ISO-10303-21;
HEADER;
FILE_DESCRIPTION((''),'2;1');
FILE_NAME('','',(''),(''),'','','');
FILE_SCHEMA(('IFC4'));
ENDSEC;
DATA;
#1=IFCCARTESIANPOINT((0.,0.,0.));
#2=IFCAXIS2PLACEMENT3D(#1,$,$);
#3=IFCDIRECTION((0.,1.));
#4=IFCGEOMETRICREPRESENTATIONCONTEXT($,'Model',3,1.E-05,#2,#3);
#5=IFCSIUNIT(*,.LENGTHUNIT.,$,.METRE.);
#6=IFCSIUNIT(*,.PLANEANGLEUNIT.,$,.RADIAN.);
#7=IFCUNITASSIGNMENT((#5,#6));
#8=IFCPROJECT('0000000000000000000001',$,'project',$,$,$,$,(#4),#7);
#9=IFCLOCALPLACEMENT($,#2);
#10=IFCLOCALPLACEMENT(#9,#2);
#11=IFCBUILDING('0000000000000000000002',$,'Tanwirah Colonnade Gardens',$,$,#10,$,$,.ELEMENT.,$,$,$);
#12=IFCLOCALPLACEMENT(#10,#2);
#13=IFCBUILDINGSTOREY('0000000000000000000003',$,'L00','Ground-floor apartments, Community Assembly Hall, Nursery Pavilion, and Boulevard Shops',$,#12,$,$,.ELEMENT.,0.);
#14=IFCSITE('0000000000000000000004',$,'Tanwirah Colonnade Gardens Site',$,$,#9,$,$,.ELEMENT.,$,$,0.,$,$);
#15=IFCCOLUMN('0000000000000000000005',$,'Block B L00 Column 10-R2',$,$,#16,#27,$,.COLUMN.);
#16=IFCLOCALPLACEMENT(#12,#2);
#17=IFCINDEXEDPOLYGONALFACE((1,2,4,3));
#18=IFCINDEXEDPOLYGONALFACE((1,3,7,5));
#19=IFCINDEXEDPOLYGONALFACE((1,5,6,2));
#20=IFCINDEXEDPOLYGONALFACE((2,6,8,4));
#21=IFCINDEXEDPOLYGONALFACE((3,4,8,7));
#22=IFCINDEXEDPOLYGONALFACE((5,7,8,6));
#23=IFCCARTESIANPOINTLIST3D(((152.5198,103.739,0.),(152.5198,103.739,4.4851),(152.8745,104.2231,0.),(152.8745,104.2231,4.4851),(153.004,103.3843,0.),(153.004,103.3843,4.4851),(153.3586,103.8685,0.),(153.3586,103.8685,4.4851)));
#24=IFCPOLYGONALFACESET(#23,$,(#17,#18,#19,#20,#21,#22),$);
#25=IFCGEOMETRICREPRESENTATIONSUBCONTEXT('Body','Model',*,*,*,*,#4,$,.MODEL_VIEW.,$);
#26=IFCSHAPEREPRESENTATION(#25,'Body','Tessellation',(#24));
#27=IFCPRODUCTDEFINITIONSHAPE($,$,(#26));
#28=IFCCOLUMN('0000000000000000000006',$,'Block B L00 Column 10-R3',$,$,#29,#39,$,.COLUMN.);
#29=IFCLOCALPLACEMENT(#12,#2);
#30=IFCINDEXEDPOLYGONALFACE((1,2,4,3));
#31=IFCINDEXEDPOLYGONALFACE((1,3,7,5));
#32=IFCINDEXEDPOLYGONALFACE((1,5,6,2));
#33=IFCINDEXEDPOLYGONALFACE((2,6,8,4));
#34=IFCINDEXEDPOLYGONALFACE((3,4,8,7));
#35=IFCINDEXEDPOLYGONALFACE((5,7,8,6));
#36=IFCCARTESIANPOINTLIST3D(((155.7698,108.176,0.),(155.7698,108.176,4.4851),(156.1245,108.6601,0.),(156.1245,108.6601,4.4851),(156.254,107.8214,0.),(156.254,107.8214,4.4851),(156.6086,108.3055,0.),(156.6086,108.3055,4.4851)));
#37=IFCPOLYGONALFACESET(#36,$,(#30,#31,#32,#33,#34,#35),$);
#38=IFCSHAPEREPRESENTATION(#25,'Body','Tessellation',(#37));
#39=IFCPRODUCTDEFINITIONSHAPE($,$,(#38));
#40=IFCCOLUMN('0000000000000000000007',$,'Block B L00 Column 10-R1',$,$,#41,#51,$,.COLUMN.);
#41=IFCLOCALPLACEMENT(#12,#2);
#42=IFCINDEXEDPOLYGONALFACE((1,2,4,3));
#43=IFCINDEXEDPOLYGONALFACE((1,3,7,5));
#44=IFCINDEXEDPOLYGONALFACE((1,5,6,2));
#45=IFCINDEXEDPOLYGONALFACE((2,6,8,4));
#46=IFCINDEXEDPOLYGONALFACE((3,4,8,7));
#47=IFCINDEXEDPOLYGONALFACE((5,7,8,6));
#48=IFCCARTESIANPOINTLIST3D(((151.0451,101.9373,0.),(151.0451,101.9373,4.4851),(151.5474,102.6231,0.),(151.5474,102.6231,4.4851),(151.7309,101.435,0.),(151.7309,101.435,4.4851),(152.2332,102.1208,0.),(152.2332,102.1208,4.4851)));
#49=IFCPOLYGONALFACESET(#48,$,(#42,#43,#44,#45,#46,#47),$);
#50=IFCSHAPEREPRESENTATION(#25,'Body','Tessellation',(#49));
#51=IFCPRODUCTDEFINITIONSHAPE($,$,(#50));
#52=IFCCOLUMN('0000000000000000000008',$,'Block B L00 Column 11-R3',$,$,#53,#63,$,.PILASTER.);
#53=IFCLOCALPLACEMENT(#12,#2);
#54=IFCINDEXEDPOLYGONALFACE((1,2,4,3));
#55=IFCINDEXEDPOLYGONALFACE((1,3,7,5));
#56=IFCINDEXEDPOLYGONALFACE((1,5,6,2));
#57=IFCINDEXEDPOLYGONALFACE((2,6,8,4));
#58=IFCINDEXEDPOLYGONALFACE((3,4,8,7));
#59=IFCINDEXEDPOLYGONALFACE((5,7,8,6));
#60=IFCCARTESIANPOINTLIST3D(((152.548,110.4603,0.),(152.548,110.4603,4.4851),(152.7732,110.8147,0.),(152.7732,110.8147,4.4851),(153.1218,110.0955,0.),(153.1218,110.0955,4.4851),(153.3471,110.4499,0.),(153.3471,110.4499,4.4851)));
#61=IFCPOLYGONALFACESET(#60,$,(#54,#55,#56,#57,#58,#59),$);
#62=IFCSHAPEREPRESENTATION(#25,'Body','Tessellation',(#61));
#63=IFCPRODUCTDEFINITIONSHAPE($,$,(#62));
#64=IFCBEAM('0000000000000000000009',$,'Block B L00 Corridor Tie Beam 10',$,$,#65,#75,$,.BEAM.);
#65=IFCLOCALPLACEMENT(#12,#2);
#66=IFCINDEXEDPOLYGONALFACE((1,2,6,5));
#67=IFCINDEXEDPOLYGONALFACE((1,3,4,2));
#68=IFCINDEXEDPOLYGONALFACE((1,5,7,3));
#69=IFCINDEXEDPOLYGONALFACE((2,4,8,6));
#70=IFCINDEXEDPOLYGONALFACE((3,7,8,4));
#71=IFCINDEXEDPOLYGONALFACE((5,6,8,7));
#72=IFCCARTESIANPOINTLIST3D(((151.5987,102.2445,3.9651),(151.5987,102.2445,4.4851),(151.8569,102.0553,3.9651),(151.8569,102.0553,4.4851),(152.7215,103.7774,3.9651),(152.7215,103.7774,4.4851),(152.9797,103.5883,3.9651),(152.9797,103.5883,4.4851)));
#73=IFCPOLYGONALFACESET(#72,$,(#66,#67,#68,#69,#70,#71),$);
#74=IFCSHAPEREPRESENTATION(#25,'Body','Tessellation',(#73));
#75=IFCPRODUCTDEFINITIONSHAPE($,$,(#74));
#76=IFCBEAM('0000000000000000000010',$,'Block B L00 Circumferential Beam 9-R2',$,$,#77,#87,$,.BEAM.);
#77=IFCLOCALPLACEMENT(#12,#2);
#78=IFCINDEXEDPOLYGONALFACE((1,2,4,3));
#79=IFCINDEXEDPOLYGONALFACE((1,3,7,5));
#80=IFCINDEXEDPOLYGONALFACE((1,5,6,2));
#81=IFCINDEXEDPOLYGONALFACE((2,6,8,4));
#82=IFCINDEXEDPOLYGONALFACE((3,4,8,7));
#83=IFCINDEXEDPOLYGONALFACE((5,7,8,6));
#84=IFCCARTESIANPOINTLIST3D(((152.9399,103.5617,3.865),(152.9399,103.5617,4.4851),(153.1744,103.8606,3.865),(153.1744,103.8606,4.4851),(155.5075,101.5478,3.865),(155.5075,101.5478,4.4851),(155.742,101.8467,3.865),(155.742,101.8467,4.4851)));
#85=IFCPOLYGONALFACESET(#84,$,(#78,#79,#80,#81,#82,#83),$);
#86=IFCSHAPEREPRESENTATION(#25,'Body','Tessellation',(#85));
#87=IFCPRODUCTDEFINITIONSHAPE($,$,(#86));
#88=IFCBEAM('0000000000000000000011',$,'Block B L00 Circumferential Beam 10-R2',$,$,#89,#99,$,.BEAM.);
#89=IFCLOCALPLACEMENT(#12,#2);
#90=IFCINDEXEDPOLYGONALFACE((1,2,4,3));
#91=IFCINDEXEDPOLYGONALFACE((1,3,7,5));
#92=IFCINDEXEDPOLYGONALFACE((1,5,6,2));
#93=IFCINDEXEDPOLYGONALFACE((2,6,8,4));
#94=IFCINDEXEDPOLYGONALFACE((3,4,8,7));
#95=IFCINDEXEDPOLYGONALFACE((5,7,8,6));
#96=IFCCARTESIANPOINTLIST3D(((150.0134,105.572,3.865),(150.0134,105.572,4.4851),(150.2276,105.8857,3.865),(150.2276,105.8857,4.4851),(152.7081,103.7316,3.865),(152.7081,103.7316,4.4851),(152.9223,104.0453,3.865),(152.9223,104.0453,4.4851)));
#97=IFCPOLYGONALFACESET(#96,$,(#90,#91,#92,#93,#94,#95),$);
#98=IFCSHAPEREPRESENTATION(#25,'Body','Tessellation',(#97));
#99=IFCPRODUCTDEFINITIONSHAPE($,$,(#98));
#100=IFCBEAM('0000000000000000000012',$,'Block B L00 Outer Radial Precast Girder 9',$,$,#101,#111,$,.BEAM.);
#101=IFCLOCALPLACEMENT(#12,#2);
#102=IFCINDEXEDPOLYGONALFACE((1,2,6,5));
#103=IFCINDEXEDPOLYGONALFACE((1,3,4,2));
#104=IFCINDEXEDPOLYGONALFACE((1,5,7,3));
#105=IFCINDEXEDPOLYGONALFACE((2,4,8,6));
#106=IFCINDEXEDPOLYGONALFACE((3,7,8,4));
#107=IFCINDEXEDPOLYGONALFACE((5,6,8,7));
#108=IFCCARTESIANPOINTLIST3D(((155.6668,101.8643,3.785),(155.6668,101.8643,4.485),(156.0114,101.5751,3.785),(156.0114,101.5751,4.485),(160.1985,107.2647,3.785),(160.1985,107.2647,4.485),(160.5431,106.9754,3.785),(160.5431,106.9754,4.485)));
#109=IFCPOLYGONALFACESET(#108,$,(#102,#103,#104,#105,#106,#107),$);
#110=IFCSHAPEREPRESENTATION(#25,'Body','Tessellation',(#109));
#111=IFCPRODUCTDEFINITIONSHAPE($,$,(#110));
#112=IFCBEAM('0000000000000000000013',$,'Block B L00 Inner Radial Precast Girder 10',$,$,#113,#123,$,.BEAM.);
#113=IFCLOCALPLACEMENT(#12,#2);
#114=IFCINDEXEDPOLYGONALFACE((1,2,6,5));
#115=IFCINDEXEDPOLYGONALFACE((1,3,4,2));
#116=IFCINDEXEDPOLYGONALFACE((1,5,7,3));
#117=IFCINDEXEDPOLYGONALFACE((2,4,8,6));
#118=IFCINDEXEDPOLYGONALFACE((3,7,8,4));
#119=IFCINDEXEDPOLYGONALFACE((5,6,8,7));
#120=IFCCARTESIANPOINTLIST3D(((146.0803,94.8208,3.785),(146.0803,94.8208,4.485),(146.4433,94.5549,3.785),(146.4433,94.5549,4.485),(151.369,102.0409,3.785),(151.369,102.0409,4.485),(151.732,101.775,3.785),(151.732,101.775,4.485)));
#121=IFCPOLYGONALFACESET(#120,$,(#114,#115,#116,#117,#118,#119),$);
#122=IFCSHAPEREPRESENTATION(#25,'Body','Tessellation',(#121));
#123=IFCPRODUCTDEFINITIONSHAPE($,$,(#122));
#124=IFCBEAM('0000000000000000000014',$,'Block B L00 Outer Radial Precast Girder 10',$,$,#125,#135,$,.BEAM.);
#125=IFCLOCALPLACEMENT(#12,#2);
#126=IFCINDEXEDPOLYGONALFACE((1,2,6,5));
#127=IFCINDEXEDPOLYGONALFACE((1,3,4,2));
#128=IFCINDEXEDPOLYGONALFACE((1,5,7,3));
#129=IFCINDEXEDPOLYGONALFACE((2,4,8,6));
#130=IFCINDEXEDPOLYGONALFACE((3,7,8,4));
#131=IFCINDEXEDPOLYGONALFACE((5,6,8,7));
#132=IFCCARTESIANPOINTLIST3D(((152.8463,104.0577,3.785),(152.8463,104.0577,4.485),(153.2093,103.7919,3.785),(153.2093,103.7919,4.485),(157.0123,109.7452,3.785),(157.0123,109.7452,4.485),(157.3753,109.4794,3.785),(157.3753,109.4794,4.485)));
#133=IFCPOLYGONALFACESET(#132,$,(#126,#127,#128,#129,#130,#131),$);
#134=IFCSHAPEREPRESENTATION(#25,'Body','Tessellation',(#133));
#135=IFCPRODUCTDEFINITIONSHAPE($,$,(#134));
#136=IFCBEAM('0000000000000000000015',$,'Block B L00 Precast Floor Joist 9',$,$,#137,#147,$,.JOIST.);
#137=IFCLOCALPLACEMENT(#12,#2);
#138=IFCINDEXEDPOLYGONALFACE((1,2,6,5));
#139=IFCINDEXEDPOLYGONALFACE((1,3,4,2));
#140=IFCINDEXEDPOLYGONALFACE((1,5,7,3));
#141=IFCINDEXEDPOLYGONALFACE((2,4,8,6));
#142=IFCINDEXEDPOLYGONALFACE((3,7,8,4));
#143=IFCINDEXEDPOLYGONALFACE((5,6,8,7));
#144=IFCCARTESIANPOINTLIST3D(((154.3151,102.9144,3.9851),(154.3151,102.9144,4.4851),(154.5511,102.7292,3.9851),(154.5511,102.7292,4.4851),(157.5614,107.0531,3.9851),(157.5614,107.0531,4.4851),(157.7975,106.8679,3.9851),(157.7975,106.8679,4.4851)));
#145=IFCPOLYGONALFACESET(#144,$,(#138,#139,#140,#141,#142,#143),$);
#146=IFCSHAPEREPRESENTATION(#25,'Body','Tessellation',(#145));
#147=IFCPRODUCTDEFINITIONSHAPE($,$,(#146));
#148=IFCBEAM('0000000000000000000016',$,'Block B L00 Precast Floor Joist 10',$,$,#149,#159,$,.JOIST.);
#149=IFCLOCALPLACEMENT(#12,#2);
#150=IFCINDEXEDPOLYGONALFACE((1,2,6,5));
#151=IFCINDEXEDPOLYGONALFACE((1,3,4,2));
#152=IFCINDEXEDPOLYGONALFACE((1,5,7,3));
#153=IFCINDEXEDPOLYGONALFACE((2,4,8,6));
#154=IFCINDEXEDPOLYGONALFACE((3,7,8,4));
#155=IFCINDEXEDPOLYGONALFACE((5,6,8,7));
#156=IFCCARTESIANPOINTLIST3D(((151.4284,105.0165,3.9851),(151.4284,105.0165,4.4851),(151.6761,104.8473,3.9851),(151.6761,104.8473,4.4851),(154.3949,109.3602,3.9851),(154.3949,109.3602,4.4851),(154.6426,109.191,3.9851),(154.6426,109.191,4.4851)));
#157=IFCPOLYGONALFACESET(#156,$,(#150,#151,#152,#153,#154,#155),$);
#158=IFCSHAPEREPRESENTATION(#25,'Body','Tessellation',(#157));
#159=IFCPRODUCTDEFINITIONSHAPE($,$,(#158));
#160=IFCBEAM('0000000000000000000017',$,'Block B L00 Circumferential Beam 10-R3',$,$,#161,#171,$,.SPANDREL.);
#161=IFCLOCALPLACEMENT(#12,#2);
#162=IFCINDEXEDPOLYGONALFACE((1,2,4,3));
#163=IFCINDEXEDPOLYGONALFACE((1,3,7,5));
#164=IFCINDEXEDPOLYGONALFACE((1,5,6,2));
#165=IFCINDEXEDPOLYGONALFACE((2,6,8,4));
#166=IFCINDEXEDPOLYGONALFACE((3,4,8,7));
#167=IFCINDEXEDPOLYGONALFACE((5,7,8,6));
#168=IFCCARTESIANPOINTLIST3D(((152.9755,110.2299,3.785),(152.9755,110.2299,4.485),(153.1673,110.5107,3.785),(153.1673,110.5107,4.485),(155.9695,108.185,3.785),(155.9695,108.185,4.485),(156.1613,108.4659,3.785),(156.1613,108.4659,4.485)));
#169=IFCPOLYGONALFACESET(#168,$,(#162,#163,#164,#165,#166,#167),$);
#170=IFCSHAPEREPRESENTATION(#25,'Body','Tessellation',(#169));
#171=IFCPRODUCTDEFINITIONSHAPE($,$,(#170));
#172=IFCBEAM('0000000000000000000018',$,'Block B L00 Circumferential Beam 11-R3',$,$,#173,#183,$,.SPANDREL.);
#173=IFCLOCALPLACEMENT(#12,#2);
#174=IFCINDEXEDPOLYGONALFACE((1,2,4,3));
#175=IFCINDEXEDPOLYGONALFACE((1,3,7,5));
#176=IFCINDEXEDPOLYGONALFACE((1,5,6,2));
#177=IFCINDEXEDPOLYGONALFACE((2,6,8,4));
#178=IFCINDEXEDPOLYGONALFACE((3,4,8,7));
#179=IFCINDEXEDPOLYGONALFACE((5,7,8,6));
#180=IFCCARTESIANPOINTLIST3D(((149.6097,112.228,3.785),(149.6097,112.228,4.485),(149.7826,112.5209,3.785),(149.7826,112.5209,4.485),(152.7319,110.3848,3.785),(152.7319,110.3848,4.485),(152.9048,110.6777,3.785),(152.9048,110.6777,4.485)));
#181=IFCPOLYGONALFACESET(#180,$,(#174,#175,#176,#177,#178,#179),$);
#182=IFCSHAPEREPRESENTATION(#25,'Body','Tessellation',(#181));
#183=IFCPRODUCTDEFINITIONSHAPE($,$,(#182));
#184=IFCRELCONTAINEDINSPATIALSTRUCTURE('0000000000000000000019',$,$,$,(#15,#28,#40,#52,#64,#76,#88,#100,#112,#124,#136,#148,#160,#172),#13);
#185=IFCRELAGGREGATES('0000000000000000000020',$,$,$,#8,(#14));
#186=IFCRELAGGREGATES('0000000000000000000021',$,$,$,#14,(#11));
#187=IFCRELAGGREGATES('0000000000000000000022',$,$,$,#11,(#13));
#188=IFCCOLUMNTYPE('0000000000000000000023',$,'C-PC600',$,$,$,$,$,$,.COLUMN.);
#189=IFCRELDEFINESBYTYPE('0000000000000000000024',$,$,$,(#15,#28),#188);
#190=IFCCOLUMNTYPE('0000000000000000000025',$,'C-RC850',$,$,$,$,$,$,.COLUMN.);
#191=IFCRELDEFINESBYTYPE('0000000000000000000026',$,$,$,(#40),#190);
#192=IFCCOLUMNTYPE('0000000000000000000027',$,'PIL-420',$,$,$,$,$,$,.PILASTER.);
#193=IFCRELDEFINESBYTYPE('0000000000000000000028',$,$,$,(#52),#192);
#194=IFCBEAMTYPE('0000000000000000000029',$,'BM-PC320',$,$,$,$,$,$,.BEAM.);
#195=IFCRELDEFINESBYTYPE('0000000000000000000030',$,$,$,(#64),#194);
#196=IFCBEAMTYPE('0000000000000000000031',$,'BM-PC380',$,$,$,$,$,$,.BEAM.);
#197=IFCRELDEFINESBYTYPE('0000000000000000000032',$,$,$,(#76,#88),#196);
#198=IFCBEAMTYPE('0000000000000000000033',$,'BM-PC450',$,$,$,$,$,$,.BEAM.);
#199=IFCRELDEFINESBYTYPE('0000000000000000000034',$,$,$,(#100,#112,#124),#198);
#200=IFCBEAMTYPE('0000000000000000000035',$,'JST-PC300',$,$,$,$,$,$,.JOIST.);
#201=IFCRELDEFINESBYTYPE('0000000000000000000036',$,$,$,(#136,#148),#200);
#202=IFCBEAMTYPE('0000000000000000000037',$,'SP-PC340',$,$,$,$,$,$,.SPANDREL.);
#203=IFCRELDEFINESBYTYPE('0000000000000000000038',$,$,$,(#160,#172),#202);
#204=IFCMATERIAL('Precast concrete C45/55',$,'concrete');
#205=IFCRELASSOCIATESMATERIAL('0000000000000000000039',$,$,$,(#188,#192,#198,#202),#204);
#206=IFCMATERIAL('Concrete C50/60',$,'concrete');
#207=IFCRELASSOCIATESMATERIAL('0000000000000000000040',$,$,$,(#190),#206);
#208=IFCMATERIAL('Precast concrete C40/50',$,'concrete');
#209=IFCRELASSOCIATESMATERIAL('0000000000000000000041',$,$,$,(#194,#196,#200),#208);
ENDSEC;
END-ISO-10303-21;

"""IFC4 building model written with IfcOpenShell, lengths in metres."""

from ifc_helpers import new_model, si_unit, direction, frame, origin, origin_2d, place, context, subcontext, project, spatial, rectangle, extrude, material, material_profile, profile_set, type_object, element, save


model = new_model("IFC4")

# Units and contexts
model_context = context("Model", 3, precision=1e-05, world=origin(), true_north=direction((0.0, 1.0)))
body_context = subcontext(model_context, "Body", "Model", "MODEL_VIEW")
ifc_project = project(units=[si_unit("LENGTHUNIT", "METRE"), si_unit("PLANEANGLEUNIT", "RADIAN")], contexts=[model_context])

# Site, building, storey
site_placement = place(None, origin())
site = spatial("IfcSite", under=ifc_project, at=site_placement, Name="Tanwirah Colonnade Gardens Site", CompositionType="ELEMENT", RefElevation=0.0)
building_placement = place(site_placement, origin())
building = spatial("IfcBuilding", under=site, at=building_placement, Name="Tanwirah Colonnade Gardens", CompositionType="ELEMENT")
storey_placement = place(building_placement, origin())
storey = spatial("IfcBuildingStorey", under=building, at=storey_placement, Name="L00", Description="Ground-floor apartments, Community Assembly Hall, Nursery Pavilion, and Boulevard Shops", CompositionType="ELEMENT", Elevation=0.0)

# Columns
ifc_material_1 = material(Name="Precast concrete C45/55", Category="concrete")
ifc_material_profile_1 = material_profile(ifc_material_1, rectangle(XDim=0.6001, YDim=0.6001, at=origin_2d()), Name="PC-COL 600x600")
ifc_profile_set_1 = profile_set([ifc_material_profile_1], Name="Precast concrete C45/55")
column_type_1 = type_object("IfcColumnType", Name="C-PC600", PredefinedType="COLUMN", material=ifc_profile_set_1)
for number, where, z_axis, x_axis, name in (
    (1, (152.9392, 103.8037, 0.0), (0.0, 0.0, 1.0), (0.590919, 0.806731, 0.0), "Block B L00 Column 10-R2"),
    (2, (156.1892, 108.2407, 0.0), (0.0, 0.0, 1.0), (0.590919, 0.806731, 0.0), "Block B L00 Column 10-R3"),
):
    element("IfcColumn", number, at=place(storey_placement, frame(where, z_axis=z_axis, x_axis=x_axis)), inside=storey, type_object=column_type_1, Name=name, PredefinedType="COLUMN", context=body_context, shape_type="SweptSolid", body=[
        extrude(rectangle(XDim=0.6001, YDim=0.6001, at=origin_2d()), origin(), (0.0, 0.0, 1.0), 4.4851),
    ])
ifc_material_2 = material(Name="Concrete C50/60", Category="concrete")
ifc_material_profile_2 = material_profile(ifc_material_2, rectangle(XDim=0.8501, YDim=0.8501, at=origin_2d()), Name="RC-COL 850x850")
ifc_profile_set_2 = profile_set([ifc_material_profile_2], Name="Concrete C50/60")
column_type_2 = type_object("IfcColumnType", Name="C-RC850", PredefinedType="COLUMN", material=ifc_profile_set_2)
column_1_placement = place(storey_placement, frame((151.6392, 102.0291, 0.0), z_axis=(0.0, 0.0, 1.0), x_axis=(0.590919, 0.806731, 0.0)))
element("IfcColumn", 3, at=column_1_placement, inside=storey, type_object=column_type_2, Name="Block B L00 Column 10-R1", PredefinedType="COLUMN", context=body_context, shape_type="SweptSolid", body=[
    extrude(rectangle(XDim=0.8501, YDim=0.8501, at=origin_2d()), origin(), (0.0, 0.0, 1.0), 4.4851),
])
ifc_material_profile_3 = material_profile(ifc_material_1, rectangle(XDim=0.4199, YDim=0.6799, at=origin_2d()), Name="PC-PIL 420x680")
ifc_profile_set_3 = profile_set([ifc_material_profile_3], Name="Precast concrete C45/55")
column_type_3 = type_object("IfcColumnType", Name="PIL-420", PredefinedType="PILASTER", material=ifc_profile_set_3)
column_2_placement = place(storey_placement, frame((152.9475, 110.4551, 0.0), z_axis=(0.0, 0.0, 1.0), x_axis=(0.536482, 0.843912, 0.0)))
element("IfcColumn", 4, at=column_2_placement, inside=storey, type_object=column_type_3, Name="Block B L00 Column 11-R3", PredefinedType="PILASTER", context=body_context, shape_type="SweptSolid", body=[
    extrude(rectangle(XDim=0.4199, YDim=0.6799, at=origin_2d()), origin(), (0.0, 0.0, 1.0), 4.4851),
])

# Beams
ifc_material_3 = material(Name="Precast concrete C40/50", Category="concrete")
ifc_material_profile_4 = material_profile(ifc_material_3, rectangle(XDim=0.3201, YDim=0.52, at=origin_2d()), Name="PC-BM 320x520")
ifc_profile_set_4 = profile_set([ifc_material_profile_4], Name="Precast concrete C40/50")
beam_type_1 = type_object("IfcBeamType", Name="BM-PC320", PredefinedType="BEAM", material=ifc_profile_set_4)
beam_1_placement = place(storey_placement, frame((151.7278, 102.1499, 4.2251), z_axis=(0.590896, 0.806748, 0.0), x_axis=(-0.806748, 0.590896, 0.0)))
element("IfcBeam", 5, at=beam_1_placement, inside=storey, type_object=beam_type_1, Name="Block B L00 Corridor Tie Beam 10", PredefinedType="BEAM", context=body_context, shape_type="SweptSolid", body=[
    extrude(rectangle(XDim=0.3201, YDim=0.52, at=origin_2d()), origin(), (0.0, 0.0, 1.0), 1.9001),
])
ifc_material_profile_5 = material_profile(ifc_material_3, rectangle(XDim=0.3799, YDim=0.6201, at=origin_2d()), Name="PC-BM 380x620")
ifc_profile_set_5 = profile_set([ifc_material_profile_5], Name="Precast concrete C40/50")
beam_type_2 = type_object("IfcBeamType", Name="BM-PC380", PredefinedType="BEAM", material=ifc_profile_set_5)
for number, where, z_axis, x_axis, name in (
    (6, (155.6248, 101.6973, 4.175), (-0.78684, 0.617157, 0.0), (-0.617157, -0.78684, 0.0), "Block B L00 Circumferential Beam 9-R2"),
    (7, (152.8152, 103.8884, 4.175), (-0.825782, 0.563989, 0.0), (-0.563989, -0.825782, 0.0), "Block B L00 Circumferential Beam 10-R2"),
):
    element("IfcBeam", number, at=place(storey_placement, frame(where, z_axis=z_axis, x_axis=x_axis)), inside=storey, type_object=beam_type_2, Name=name, PredefinedType="BEAM", context=body_context, shape_type="SweptSolid", body=[
        extrude(rectangle(XDim=0.3799, YDim=0.6201, at=origin_2d()), origin(), (0.0, 0.0, 1.0), 3.2632),
    ])
ifc_material_profile_6 = material_profile(ifc_material_1, rectangle(XDim=0.45, YDim=0.7, at=origin_2d()), Name="PC-BM 450x700")
ifc_profile_set_6 = profile_set([ifc_material_profile_6], Name="Precast concrete C45/55")
beam_type_3 = type_object("IfcBeamType", Name="BM-PC450", PredefinedType="BEAM", material=ifc_profile_set_6)
beam_2_placement = place(storey_placement, frame((155.8391, 101.7197, 4.135), z_axis=(0.64281, 0.766025, 0.0), x_axis=(-0.766025, 0.64281, 0.0)))
element("IfcBeam", 8, at=beam_2_placement, inside=storey, type_object=beam_type_3, Name="Block B L00 Outer Radial Precast Girder 9", PredefinedType="BEAM", context=body_context, shape_type="SweptSolid", body=[
    extrude(rectangle(XDim=0.45, YDim=0.7, at=origin_2d()), origin(), (0.0, 0.0, 1.0), 7.0498),
])
beam_3_placement = place(storey_placement, frame((151.5505, 101.908, 4.135), z_axis=(-0.590927, -0.806725, 0.0), x_axis=(0.806725, -0.590927, 0.0)))
element("IfcBeam", 9, at=beam_3_placement, inside=storey, type_object=beam_type_3, Name="Block B L00 Inner Radial Precast Girder 10", PredefinedType="BEAM", context=body_context, shape_type="SweptSolid", body=[
    extrude(rectangle(XDim=0.45, YDim=0.7, at=origin_2d()), origin(), (0.0, 0.0, 1.0), 8.95),
])
beam_4_placement = place(storey_placement, frame((153.0278, 103.9248, 4.135), z_axis=(0.590919, 0.806731, 0.0), x_axis=(-0.806731, 0.590919, 0.0)))
element("IfcBeam", 10, at=beam_4_placement, inside=storey, type_object=beam_type_3, Name="Block B L00 Outer Radial Precast Girder 10", PredefinedType="BEAM", context=body_context, shape_type="SweptSolid", body=[
    extrude(rectangle(XDim=0.45, YDim=0.7, at=origin_2d()), origin(), (0.0, 0.0, 1.0), 7.05),
])
ifc_material_profile_7 = material_profile(ifc_material_3, rectangle(XDim=0.3, YDim=0.5, at=origin_2d()), Name="PC-JST 300x500")
ifc_profile_set_7 = profile_set([ifc_material_profile_7], Name="Precast concrete C40/50")
beam_type_4 = type_object("IfcBeamType", Name="JST-PC300", PredefinedType="JOIST", material=ifc_profile_set_7)
for number, where, z_axis, x_axis, name in (
    (11, (154.4331, 102.8218, 4.2351), (0.617178, 0.786824, 0.0), (-0.786824, 0.617178, 0.0), "Block B L00 Precast Floor Joist 9"),
    (12, (151.5522, 104.9319, 4.2351), (0.563973, 0.825793, 0.0), (-0.825793, 0.563973, 0.0), "Block B L00 Precast Floor Joist 10"),
):
    element("IfcBeam", number, at=place(storey_placement, frame(where, z_axis=z_axis, x_axis=x_axis)), inside=storey, type_object=beam_type_4, Name=name, PredefinedType="JOIST", context=body_context, shape_type="SweptSolid", body=[
        extrude(rectangle(XDim=0.3, YDim=0.5, at=origin_2d()), origin(), (0.0, 0.0, 1.0), 5.26),
    ])
ifc_material_profile_8 = material_profile(ifc_material_1, rectangle(XDim=0.3401, YDim=0.7, at=origin_2d()), Name="PC-SP 340x700")
ifc_profile_set_8 = profile_set([ifc_material_profile_8], Name="Precast concrete C45/55")
beam_type_5 = type_object("IfcBeamType", Name="SP-PC340", PredefinedType="SPANDREL", material=ifc_profile_set_8)
for number, where, z_axis, x_axis, name in (
    (13, (156.0654, 108.3254, 4.135), (-0.825783, 0.563989, 0.0), (-0.563989, -0.825783, 0.0), "Block B L00 Circumferential Beam 10-R3"),
    (14, (152.8184, 110.5312, 4.135), (-0.861137, 0.508373, 0.0), (-0.508373, -0.861137, 0.0), "Block B L00 Circumferential Beam 11-R3"),
):
    element("IfcBeam", number, at=place(storey_placement, frame(where, z_axis=z_axis, x_axis=x_axis)), inside=storey, type_object=beam_type_5, Name=name, PredefinedType="SPANDREL", context=body_context, shape_type="SweptSolid", body=[
        extrude(rectangle(XDim=0.3401, YDim=0.7, at=origin_2d()), origin(), (0.0, 0.0, 1.0), 3.6257),
    ])

save(model, "model.ifc")
